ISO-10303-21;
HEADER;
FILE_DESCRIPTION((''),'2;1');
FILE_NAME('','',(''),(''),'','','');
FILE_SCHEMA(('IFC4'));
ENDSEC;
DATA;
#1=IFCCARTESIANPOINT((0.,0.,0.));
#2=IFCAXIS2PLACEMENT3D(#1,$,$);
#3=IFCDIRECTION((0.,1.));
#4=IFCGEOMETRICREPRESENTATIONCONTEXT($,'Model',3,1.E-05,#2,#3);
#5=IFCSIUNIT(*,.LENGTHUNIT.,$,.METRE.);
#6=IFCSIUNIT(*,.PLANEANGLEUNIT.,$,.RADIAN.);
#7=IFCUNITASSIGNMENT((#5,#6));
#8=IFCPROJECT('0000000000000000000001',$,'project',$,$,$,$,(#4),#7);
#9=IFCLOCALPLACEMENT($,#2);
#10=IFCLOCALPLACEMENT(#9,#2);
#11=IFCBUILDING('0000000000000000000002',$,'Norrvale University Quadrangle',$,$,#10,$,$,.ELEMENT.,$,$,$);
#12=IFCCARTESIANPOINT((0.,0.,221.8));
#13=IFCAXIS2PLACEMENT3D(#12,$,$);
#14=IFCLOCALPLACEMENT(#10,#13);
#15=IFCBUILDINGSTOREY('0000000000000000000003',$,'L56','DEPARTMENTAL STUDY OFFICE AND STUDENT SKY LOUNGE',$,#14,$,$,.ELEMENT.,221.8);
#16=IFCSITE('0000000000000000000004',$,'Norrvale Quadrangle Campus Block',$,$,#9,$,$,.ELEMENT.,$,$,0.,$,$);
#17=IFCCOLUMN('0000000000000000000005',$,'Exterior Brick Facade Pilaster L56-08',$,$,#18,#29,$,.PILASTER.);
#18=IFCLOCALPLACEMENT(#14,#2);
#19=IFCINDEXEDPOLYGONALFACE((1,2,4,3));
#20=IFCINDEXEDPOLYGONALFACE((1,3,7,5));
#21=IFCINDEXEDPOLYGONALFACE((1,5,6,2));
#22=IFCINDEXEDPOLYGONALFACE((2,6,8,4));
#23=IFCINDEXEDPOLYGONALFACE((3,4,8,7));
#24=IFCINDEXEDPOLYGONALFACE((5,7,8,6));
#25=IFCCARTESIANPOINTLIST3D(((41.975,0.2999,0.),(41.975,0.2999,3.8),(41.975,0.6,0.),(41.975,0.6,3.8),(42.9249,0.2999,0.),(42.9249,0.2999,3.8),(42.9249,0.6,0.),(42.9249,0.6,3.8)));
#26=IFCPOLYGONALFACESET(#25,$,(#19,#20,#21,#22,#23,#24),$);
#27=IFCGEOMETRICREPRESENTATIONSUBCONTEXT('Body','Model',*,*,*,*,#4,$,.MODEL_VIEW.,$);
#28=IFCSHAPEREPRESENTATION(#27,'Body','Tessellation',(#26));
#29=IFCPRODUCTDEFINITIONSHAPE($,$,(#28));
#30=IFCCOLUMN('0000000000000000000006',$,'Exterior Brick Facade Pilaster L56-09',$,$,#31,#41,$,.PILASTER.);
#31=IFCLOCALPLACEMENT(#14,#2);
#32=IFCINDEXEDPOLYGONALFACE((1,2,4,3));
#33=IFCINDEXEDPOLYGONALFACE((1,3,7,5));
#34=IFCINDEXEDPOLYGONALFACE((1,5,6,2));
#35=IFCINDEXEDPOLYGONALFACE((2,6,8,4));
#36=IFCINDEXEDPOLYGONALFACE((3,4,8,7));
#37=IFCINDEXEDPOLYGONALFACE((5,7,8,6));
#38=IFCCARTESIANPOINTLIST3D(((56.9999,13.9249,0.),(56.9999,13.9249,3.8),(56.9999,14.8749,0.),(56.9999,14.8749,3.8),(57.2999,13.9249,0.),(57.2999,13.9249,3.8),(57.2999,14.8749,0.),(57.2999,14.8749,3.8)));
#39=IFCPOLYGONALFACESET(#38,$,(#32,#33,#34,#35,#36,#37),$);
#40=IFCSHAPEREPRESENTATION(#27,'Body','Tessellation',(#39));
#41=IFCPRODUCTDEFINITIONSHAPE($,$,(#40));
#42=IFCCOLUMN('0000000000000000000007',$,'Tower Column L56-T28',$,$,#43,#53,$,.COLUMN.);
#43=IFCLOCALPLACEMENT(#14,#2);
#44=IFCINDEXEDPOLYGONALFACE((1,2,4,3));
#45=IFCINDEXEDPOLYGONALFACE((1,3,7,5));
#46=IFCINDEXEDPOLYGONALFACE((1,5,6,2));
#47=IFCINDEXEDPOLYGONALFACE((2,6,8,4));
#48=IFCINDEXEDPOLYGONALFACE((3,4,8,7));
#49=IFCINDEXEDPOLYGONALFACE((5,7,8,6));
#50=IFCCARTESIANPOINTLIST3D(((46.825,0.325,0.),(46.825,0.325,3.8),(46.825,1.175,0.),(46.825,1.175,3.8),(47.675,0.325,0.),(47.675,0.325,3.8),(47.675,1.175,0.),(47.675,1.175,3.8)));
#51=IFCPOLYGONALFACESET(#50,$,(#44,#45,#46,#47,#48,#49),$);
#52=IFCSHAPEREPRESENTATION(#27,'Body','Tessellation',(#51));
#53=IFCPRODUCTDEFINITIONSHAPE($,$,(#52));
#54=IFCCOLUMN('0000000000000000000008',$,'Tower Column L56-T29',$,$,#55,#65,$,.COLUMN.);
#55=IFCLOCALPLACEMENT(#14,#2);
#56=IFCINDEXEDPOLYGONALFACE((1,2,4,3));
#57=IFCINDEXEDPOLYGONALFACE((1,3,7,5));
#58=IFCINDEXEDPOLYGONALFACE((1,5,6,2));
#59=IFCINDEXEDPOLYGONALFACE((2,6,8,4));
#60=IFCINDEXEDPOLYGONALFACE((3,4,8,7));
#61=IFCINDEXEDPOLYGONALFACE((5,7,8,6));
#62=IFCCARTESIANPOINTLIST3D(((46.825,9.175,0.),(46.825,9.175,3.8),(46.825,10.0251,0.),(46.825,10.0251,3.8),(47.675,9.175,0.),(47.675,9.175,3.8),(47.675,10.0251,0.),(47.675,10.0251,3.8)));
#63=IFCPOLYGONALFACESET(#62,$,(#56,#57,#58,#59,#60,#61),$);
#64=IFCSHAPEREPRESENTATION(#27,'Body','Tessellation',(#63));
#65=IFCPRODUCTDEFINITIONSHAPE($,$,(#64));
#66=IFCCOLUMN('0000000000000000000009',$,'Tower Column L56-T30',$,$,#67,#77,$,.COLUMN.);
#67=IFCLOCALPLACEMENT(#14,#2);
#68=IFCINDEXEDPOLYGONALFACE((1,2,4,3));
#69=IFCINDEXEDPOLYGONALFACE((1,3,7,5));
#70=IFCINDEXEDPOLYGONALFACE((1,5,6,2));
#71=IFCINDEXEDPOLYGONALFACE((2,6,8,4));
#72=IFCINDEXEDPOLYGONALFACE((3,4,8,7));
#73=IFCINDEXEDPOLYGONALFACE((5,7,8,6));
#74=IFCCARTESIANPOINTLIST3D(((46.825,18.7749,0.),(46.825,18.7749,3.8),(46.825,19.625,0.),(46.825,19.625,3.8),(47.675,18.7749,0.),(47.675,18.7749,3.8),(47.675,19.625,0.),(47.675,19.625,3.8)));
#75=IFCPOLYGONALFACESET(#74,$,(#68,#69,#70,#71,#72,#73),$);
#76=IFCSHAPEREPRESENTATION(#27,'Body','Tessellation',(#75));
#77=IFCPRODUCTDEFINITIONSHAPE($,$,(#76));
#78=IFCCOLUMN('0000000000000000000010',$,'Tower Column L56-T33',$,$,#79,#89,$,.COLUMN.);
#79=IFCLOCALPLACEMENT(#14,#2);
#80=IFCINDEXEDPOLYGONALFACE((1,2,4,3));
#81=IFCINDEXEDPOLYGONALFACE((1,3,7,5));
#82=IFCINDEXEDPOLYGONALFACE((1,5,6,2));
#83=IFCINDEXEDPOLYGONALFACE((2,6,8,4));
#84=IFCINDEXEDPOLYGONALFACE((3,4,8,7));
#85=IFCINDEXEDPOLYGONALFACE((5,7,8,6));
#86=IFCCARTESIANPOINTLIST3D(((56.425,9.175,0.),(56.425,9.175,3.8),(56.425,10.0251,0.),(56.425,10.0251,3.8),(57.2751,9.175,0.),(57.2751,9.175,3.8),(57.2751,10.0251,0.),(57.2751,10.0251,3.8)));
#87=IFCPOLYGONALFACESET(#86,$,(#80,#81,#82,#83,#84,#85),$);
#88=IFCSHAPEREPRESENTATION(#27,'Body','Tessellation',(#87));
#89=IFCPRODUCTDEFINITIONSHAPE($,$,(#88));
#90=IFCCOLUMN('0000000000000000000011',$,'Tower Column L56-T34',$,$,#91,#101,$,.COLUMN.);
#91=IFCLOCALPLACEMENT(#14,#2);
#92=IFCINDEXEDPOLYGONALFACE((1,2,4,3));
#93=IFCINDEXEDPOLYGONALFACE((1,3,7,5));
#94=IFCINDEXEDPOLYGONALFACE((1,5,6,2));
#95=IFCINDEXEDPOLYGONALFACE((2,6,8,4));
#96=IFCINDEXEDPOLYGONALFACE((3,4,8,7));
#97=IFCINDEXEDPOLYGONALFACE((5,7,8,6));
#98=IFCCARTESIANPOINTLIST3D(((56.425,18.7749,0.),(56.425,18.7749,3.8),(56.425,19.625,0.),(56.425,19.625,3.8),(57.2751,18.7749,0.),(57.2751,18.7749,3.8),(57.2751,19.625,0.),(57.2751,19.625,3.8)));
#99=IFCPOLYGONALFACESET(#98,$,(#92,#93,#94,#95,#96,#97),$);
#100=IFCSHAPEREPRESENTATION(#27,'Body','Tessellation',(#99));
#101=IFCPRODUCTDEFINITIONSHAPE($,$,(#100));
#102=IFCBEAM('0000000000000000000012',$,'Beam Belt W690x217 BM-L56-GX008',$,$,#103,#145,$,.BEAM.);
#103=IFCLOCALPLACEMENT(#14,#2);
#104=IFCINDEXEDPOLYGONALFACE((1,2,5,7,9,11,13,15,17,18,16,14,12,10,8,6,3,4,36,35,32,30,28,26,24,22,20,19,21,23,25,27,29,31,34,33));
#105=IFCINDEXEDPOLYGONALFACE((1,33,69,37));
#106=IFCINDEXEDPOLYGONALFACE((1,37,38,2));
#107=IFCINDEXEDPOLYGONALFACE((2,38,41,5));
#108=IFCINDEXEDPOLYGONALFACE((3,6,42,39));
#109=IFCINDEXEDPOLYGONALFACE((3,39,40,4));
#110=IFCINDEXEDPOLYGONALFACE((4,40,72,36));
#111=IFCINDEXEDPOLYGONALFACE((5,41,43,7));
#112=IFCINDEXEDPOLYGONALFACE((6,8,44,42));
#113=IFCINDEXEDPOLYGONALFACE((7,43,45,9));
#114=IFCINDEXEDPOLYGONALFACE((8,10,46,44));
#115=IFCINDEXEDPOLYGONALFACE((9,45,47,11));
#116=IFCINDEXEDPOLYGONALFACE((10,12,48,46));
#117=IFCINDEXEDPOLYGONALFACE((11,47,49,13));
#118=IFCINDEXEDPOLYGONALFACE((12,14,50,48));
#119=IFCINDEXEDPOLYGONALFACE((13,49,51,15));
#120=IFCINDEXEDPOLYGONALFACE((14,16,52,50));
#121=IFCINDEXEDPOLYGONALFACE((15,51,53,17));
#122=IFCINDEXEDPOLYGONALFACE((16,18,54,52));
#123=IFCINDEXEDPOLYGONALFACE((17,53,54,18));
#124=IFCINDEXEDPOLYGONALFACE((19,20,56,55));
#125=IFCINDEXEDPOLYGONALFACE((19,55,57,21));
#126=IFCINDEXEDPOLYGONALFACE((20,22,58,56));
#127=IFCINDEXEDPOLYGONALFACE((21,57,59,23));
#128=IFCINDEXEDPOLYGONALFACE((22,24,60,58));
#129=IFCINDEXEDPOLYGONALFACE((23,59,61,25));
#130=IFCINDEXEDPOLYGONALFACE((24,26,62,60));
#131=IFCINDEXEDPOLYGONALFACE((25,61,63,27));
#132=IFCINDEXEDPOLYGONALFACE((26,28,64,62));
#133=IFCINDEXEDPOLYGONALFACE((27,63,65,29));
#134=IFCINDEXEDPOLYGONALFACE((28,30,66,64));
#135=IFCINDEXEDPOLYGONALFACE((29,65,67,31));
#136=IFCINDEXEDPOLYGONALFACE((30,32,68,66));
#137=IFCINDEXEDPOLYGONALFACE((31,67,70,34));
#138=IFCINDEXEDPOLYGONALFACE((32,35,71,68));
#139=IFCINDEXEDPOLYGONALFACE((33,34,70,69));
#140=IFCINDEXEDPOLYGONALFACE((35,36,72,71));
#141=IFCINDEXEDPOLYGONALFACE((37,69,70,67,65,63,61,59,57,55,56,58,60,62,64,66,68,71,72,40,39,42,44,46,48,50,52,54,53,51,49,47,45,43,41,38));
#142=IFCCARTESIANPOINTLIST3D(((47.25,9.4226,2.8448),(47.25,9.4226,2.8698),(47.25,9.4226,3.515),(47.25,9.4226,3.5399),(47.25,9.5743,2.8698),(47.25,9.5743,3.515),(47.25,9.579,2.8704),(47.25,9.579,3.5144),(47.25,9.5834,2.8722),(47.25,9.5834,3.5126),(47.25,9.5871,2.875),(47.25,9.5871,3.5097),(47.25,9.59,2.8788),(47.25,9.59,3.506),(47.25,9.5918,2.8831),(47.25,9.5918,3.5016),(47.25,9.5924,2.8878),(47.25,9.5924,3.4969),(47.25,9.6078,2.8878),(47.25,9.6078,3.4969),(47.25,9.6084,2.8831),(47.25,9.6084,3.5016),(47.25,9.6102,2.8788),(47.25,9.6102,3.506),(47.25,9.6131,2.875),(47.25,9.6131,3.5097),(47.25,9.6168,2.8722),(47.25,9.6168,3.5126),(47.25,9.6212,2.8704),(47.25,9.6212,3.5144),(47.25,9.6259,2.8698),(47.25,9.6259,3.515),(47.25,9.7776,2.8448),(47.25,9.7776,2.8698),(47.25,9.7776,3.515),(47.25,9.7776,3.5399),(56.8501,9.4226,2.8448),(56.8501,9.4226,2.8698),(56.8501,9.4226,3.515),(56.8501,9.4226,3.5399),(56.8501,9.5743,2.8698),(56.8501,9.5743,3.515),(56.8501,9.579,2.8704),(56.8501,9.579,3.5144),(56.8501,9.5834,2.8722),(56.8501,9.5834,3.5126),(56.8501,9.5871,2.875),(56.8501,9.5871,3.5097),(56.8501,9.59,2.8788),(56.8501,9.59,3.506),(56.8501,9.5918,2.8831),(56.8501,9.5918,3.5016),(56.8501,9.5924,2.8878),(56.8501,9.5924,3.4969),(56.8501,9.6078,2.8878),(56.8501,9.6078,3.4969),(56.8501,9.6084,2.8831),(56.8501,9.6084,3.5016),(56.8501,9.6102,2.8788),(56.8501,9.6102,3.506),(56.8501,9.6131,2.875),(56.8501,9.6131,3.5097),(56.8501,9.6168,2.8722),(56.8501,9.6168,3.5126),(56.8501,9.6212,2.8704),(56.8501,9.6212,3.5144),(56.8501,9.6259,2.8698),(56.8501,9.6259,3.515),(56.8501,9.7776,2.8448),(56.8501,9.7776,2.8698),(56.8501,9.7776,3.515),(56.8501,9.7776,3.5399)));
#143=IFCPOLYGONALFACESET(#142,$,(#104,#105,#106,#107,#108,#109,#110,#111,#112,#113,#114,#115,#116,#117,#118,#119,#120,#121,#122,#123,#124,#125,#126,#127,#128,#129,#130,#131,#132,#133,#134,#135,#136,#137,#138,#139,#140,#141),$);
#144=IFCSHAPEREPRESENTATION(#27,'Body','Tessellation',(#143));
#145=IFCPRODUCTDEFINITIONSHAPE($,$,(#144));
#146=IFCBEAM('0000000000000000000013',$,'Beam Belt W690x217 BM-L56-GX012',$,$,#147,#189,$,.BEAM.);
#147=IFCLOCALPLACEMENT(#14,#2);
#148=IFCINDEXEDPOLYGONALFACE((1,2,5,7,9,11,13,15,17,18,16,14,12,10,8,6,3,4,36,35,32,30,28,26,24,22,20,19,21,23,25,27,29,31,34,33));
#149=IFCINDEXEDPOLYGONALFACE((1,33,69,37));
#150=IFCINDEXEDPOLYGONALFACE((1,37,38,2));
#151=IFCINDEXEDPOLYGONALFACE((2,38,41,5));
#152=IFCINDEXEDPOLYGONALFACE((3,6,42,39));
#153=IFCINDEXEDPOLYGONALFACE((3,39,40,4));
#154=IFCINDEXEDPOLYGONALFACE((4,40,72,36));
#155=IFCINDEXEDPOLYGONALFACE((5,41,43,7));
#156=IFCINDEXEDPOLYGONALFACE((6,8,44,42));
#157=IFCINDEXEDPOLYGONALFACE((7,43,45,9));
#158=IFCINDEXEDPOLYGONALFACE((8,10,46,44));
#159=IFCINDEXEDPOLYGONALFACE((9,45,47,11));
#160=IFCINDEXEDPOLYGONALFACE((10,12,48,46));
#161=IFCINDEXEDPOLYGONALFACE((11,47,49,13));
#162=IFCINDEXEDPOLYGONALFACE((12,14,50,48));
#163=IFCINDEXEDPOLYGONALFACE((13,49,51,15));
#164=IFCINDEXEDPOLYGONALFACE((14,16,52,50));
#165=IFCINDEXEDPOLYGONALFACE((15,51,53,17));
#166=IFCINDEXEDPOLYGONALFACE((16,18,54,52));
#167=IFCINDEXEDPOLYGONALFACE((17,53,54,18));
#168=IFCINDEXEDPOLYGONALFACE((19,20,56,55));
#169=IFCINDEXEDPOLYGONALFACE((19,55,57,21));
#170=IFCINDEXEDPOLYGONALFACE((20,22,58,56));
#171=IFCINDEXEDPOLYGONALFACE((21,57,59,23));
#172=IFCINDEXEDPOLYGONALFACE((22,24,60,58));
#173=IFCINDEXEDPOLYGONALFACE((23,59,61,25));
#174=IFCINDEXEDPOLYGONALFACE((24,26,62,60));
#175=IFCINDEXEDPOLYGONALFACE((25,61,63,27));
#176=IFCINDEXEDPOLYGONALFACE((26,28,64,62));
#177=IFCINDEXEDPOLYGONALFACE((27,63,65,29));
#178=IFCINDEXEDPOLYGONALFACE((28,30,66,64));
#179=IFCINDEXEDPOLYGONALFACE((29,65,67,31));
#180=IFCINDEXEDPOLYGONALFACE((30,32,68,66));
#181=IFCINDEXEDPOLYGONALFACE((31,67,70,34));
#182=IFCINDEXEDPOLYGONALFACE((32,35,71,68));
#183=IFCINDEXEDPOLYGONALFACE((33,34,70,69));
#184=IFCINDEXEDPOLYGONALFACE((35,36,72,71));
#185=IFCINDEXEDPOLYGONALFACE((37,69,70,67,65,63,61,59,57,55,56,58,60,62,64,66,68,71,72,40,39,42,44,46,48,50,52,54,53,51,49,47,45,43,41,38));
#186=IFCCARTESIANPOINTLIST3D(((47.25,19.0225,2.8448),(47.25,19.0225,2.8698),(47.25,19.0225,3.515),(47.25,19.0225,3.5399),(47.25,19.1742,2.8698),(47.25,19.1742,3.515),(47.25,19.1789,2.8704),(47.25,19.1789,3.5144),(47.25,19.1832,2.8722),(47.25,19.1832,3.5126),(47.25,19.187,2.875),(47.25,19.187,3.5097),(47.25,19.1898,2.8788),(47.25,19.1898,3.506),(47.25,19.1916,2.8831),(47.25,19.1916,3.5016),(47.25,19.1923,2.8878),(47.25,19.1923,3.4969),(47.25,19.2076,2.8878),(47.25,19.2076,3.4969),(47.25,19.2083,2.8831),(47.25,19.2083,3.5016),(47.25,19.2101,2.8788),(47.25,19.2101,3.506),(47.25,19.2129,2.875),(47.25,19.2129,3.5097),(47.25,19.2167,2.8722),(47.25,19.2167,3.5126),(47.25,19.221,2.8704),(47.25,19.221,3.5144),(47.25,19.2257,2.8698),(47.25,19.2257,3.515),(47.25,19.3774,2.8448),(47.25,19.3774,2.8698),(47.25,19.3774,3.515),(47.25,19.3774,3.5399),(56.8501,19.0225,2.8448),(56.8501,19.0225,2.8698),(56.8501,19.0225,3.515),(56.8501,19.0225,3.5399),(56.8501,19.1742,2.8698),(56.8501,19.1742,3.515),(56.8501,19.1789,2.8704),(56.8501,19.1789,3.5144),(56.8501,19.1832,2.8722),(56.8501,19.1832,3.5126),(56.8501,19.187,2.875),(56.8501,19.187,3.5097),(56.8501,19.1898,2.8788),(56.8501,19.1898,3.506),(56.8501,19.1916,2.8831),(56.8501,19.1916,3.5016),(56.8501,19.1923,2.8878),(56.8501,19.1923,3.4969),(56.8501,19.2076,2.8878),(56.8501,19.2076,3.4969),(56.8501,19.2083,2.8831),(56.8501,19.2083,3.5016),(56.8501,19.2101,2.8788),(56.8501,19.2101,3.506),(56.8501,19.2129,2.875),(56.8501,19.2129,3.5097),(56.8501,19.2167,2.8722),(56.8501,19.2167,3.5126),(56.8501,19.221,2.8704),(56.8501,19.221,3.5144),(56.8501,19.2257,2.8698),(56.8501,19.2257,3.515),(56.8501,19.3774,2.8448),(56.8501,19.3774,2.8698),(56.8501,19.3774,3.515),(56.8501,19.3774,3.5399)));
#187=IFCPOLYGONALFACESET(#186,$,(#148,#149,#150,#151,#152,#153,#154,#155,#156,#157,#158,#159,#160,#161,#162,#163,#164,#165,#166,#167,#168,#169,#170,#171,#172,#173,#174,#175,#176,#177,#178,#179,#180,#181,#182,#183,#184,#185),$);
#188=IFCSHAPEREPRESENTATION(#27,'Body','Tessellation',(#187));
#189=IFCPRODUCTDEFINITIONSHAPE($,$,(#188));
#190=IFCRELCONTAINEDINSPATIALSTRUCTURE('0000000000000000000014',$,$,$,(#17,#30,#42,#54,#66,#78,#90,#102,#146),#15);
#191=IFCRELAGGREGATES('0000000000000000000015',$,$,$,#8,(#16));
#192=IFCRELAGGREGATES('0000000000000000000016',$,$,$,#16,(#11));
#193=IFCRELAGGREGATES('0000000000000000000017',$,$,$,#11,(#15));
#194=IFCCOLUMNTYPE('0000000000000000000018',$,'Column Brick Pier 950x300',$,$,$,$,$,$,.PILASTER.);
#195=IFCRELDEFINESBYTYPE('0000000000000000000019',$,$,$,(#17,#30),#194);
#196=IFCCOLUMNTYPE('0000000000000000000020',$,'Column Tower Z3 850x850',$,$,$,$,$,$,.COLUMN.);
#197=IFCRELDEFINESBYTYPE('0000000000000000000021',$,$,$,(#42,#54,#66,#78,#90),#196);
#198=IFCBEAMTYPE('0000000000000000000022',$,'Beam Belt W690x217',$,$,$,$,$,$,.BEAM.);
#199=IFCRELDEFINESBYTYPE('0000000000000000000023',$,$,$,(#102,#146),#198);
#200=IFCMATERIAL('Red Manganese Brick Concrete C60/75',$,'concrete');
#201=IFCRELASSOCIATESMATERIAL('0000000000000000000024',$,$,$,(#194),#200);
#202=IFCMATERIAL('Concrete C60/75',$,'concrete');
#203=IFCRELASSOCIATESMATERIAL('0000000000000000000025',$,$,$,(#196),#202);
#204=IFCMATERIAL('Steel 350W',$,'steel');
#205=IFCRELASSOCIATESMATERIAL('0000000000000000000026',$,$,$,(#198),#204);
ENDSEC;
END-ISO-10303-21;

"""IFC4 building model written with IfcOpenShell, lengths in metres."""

from ifc_helpers import new_model, si_unit, direction, frame, origin, origin_2d, place, context, subcontext, project, spatial, rectangle, i_section, extrude, material, material_profile, profile_set, type_object, element, save


model = new_model("IFC4")

# Units and contexts
model_context = context("Model", 3, precision=1e-05, world=origin(), true_north=direction((0.0, 1.0)))
body_context = subcontext(model_context, "Body", "Model", "MODEL_VIEW")
ifc_project = project(units=[si_unit("LENGTHUNIT", "METRE"), si_unit("PLANEANGLEUNIT", "RADIAN")], contexts=[model_context])

# Site, building, storey
site_placement = place(None, origin())
site = spatial("IfcSite", under=ifc_project, at=site_placement, Name="Norrvale Quadrangle Campus Block", CompositionType="ELEMENT", RefElevation=0.0)
building_placement = place(site_placement, origin())
building = spatial("IfcBuilding", under=site, at=building_placement, Name="Norrvale University Quadrangle", CompositionType="ELEMENT")
storey_placement = place(building_placement, frame((0.0, 0.0, 221.8)))
storey = spatial("IfcBuildingStorey", under=building, at=storey_placement, Name="L56", Description="DEPARTMENTAL STUDY OFFICE AND STUDENT SKY LOUNGE", CompositionType="ELEMENT", Elevation=221.8)

# Columns
ifc_material_1 = material(Name="Red Manganese Brick Concrete C60/75", Category="concrete")
ifc_material_profile_1 = material_profile(ifc_material_1, rectangle(XDim=0.95, YDim=0.3, at=origin_2d()), Name="Red Manganese Brick Concrete C60/75")
ifc_profile_set_1 = profile_set([ifc_material_profile_1], Name="Red Manganese Brick Concrete C60/75")
column_type_1 = type_object("IfcColumnType", Name="Column Brick Pier 950x300", PredefinedType="PILASTER", material=ifc_profile_set_1)
for number, where, z_axis, x_axis, name in (
    (1, (42.45, 0.45, 0.0), (0.0, 0.0, 1.0), (1.0, 0.0, 0.0), "Exterior Brick Facade Pilaster L56-08"),
    (2, (57.1499, 14.3999, 0.0), (0.0, 0.0, 1.0), (0.0, 1.0, 0.0), "Exterior Brick Facade Pilaster L56-09"),
):
    element("IfcColumn", number, at=place(storey_placement, frame(where, z_axis=z_axis, x_axis=x_axis)), inside=storey, type_object=column_type_1, Name=name, PredefinedType="PILASTER", context=body_context, shape_type="SweptSolid", body=[
        extrude(rectangle(XDim=0.95, YDim=0.3, at=origin_2d()), origin(), (0.0, 0.0, 1.0), 3.8),
    ])
ifc_material_2 = material(Name="Concrete C60/75", Category="concrete")
ifc_material_profile_2 = material_profile(ifc_material_2, rectangle(XDim=0.8501, YDim=0.8501, at=origin_2d()), Name="Concrete C60/75")
ifc_profile_set_2 = profile_set([ifc_material_profile_2], Name="Concrete C60/75")
column_type_2 = type_object("IfcColumnType", Name="Column Tower Z3 850x850", PredefinedType="COLUMN", material=ifc_profile_set_2)
for number, where, z_axis, x_axis, name in (
    (3, (47.25, 0.75, 0.0), (0.0, 0.0, 1.0), (1.0, 0.0, 0.0), "Tower Column L56-T28"),
    (4, (47.25, 9.6001, 0.0), (0.0, 0.0, 1.0), (1.0, 0.0, 0.0), "Tower Column L56-T29"),
    (5, (47.25, 19.2, 0.0), (0.0, 0.0, 1.0), (1.0, 0.0, 0.0), "Tower Column L56-T30"),
    (6, (56.8501, 9.6001, 0.0), (0.0, 0.0, 1.0), (1.0, 0.0, 0.0), "Tower Column L56-T33"),
    (7, (56.8501, 19.2, 0.0), (0.0, 0.0, 1.0), (1.0, 0.0, 0.0), "Tower Column L56-T34"),
):
    element("IfcColumn", number, at=place(storey_placement, frame(where, z_axis=z_axis, x_axis=x_axis)), inside=storey, type_object=column_type_2, Name=name, PredefinedType="COLUMN", context=body_context, shape_type="SweptSolid", body=[
        extrude(rectangle(XDim=0.8501, YDim=0.8501, at=origin_2d()), origin(), (0.0, 0.0, 1.0), 3.8),
    ])

# Beams
ifc_material_3 = material(Name="Steel 350W", Category="steel")
ifc_material_profile_3 = material_profile(ifc_material_3, i_section(OverallWidth=0.355, OverallDepth=0.6951, WebThickness=0.0154, FlangeThickness=0.0249, FilletRadius=0.0181, at=origin_2d()), Name="Steel 350W")
ifc_profile_set_3 = profile_set([ifc_material_profile_3], Name="Steel 350W")
beam_type_1 = type_object("IfcBeamType", Name="Beam Belt W690x217", PredefinedType="BEAM", material=ifc_profile_set_3)
for number, where, z_axis, x_axis, name in (
    (8, (47.25, 9.6001, 3.1924), (1.0, 0.0, 0.0), (0.0, 1.0, 0.0), "Beam Belt W690x217 BM-L56-GX008"),
    (9, (47.25, 19.2, 3.1924), (1.0, 0.0, 0.0), (0.0, 1.0, 0.0), "Beam Belt W690x217 BM-L56-GX012"),
):
    element("IfcBeam", number, at=place(storey_placement, frame(where, z_axis=z_axis, x_axis=x_axis)), inside=storey, type_object=beam_type_1, Name=name, PredefinedType="BEAM", context=body_context, shape_type="SweptSolid", body=[
        extrude(i_section(OverallWidth=0.355, OverallDepth=0.6951, WebThickness=0.0154, FlangeThickness=0.0249, FilletRadius=0.0181, at=origin_2d()), origin(), (0.0, 0.0, 1.0), 9.6001),
    ])

save(model, "model.ifc")
